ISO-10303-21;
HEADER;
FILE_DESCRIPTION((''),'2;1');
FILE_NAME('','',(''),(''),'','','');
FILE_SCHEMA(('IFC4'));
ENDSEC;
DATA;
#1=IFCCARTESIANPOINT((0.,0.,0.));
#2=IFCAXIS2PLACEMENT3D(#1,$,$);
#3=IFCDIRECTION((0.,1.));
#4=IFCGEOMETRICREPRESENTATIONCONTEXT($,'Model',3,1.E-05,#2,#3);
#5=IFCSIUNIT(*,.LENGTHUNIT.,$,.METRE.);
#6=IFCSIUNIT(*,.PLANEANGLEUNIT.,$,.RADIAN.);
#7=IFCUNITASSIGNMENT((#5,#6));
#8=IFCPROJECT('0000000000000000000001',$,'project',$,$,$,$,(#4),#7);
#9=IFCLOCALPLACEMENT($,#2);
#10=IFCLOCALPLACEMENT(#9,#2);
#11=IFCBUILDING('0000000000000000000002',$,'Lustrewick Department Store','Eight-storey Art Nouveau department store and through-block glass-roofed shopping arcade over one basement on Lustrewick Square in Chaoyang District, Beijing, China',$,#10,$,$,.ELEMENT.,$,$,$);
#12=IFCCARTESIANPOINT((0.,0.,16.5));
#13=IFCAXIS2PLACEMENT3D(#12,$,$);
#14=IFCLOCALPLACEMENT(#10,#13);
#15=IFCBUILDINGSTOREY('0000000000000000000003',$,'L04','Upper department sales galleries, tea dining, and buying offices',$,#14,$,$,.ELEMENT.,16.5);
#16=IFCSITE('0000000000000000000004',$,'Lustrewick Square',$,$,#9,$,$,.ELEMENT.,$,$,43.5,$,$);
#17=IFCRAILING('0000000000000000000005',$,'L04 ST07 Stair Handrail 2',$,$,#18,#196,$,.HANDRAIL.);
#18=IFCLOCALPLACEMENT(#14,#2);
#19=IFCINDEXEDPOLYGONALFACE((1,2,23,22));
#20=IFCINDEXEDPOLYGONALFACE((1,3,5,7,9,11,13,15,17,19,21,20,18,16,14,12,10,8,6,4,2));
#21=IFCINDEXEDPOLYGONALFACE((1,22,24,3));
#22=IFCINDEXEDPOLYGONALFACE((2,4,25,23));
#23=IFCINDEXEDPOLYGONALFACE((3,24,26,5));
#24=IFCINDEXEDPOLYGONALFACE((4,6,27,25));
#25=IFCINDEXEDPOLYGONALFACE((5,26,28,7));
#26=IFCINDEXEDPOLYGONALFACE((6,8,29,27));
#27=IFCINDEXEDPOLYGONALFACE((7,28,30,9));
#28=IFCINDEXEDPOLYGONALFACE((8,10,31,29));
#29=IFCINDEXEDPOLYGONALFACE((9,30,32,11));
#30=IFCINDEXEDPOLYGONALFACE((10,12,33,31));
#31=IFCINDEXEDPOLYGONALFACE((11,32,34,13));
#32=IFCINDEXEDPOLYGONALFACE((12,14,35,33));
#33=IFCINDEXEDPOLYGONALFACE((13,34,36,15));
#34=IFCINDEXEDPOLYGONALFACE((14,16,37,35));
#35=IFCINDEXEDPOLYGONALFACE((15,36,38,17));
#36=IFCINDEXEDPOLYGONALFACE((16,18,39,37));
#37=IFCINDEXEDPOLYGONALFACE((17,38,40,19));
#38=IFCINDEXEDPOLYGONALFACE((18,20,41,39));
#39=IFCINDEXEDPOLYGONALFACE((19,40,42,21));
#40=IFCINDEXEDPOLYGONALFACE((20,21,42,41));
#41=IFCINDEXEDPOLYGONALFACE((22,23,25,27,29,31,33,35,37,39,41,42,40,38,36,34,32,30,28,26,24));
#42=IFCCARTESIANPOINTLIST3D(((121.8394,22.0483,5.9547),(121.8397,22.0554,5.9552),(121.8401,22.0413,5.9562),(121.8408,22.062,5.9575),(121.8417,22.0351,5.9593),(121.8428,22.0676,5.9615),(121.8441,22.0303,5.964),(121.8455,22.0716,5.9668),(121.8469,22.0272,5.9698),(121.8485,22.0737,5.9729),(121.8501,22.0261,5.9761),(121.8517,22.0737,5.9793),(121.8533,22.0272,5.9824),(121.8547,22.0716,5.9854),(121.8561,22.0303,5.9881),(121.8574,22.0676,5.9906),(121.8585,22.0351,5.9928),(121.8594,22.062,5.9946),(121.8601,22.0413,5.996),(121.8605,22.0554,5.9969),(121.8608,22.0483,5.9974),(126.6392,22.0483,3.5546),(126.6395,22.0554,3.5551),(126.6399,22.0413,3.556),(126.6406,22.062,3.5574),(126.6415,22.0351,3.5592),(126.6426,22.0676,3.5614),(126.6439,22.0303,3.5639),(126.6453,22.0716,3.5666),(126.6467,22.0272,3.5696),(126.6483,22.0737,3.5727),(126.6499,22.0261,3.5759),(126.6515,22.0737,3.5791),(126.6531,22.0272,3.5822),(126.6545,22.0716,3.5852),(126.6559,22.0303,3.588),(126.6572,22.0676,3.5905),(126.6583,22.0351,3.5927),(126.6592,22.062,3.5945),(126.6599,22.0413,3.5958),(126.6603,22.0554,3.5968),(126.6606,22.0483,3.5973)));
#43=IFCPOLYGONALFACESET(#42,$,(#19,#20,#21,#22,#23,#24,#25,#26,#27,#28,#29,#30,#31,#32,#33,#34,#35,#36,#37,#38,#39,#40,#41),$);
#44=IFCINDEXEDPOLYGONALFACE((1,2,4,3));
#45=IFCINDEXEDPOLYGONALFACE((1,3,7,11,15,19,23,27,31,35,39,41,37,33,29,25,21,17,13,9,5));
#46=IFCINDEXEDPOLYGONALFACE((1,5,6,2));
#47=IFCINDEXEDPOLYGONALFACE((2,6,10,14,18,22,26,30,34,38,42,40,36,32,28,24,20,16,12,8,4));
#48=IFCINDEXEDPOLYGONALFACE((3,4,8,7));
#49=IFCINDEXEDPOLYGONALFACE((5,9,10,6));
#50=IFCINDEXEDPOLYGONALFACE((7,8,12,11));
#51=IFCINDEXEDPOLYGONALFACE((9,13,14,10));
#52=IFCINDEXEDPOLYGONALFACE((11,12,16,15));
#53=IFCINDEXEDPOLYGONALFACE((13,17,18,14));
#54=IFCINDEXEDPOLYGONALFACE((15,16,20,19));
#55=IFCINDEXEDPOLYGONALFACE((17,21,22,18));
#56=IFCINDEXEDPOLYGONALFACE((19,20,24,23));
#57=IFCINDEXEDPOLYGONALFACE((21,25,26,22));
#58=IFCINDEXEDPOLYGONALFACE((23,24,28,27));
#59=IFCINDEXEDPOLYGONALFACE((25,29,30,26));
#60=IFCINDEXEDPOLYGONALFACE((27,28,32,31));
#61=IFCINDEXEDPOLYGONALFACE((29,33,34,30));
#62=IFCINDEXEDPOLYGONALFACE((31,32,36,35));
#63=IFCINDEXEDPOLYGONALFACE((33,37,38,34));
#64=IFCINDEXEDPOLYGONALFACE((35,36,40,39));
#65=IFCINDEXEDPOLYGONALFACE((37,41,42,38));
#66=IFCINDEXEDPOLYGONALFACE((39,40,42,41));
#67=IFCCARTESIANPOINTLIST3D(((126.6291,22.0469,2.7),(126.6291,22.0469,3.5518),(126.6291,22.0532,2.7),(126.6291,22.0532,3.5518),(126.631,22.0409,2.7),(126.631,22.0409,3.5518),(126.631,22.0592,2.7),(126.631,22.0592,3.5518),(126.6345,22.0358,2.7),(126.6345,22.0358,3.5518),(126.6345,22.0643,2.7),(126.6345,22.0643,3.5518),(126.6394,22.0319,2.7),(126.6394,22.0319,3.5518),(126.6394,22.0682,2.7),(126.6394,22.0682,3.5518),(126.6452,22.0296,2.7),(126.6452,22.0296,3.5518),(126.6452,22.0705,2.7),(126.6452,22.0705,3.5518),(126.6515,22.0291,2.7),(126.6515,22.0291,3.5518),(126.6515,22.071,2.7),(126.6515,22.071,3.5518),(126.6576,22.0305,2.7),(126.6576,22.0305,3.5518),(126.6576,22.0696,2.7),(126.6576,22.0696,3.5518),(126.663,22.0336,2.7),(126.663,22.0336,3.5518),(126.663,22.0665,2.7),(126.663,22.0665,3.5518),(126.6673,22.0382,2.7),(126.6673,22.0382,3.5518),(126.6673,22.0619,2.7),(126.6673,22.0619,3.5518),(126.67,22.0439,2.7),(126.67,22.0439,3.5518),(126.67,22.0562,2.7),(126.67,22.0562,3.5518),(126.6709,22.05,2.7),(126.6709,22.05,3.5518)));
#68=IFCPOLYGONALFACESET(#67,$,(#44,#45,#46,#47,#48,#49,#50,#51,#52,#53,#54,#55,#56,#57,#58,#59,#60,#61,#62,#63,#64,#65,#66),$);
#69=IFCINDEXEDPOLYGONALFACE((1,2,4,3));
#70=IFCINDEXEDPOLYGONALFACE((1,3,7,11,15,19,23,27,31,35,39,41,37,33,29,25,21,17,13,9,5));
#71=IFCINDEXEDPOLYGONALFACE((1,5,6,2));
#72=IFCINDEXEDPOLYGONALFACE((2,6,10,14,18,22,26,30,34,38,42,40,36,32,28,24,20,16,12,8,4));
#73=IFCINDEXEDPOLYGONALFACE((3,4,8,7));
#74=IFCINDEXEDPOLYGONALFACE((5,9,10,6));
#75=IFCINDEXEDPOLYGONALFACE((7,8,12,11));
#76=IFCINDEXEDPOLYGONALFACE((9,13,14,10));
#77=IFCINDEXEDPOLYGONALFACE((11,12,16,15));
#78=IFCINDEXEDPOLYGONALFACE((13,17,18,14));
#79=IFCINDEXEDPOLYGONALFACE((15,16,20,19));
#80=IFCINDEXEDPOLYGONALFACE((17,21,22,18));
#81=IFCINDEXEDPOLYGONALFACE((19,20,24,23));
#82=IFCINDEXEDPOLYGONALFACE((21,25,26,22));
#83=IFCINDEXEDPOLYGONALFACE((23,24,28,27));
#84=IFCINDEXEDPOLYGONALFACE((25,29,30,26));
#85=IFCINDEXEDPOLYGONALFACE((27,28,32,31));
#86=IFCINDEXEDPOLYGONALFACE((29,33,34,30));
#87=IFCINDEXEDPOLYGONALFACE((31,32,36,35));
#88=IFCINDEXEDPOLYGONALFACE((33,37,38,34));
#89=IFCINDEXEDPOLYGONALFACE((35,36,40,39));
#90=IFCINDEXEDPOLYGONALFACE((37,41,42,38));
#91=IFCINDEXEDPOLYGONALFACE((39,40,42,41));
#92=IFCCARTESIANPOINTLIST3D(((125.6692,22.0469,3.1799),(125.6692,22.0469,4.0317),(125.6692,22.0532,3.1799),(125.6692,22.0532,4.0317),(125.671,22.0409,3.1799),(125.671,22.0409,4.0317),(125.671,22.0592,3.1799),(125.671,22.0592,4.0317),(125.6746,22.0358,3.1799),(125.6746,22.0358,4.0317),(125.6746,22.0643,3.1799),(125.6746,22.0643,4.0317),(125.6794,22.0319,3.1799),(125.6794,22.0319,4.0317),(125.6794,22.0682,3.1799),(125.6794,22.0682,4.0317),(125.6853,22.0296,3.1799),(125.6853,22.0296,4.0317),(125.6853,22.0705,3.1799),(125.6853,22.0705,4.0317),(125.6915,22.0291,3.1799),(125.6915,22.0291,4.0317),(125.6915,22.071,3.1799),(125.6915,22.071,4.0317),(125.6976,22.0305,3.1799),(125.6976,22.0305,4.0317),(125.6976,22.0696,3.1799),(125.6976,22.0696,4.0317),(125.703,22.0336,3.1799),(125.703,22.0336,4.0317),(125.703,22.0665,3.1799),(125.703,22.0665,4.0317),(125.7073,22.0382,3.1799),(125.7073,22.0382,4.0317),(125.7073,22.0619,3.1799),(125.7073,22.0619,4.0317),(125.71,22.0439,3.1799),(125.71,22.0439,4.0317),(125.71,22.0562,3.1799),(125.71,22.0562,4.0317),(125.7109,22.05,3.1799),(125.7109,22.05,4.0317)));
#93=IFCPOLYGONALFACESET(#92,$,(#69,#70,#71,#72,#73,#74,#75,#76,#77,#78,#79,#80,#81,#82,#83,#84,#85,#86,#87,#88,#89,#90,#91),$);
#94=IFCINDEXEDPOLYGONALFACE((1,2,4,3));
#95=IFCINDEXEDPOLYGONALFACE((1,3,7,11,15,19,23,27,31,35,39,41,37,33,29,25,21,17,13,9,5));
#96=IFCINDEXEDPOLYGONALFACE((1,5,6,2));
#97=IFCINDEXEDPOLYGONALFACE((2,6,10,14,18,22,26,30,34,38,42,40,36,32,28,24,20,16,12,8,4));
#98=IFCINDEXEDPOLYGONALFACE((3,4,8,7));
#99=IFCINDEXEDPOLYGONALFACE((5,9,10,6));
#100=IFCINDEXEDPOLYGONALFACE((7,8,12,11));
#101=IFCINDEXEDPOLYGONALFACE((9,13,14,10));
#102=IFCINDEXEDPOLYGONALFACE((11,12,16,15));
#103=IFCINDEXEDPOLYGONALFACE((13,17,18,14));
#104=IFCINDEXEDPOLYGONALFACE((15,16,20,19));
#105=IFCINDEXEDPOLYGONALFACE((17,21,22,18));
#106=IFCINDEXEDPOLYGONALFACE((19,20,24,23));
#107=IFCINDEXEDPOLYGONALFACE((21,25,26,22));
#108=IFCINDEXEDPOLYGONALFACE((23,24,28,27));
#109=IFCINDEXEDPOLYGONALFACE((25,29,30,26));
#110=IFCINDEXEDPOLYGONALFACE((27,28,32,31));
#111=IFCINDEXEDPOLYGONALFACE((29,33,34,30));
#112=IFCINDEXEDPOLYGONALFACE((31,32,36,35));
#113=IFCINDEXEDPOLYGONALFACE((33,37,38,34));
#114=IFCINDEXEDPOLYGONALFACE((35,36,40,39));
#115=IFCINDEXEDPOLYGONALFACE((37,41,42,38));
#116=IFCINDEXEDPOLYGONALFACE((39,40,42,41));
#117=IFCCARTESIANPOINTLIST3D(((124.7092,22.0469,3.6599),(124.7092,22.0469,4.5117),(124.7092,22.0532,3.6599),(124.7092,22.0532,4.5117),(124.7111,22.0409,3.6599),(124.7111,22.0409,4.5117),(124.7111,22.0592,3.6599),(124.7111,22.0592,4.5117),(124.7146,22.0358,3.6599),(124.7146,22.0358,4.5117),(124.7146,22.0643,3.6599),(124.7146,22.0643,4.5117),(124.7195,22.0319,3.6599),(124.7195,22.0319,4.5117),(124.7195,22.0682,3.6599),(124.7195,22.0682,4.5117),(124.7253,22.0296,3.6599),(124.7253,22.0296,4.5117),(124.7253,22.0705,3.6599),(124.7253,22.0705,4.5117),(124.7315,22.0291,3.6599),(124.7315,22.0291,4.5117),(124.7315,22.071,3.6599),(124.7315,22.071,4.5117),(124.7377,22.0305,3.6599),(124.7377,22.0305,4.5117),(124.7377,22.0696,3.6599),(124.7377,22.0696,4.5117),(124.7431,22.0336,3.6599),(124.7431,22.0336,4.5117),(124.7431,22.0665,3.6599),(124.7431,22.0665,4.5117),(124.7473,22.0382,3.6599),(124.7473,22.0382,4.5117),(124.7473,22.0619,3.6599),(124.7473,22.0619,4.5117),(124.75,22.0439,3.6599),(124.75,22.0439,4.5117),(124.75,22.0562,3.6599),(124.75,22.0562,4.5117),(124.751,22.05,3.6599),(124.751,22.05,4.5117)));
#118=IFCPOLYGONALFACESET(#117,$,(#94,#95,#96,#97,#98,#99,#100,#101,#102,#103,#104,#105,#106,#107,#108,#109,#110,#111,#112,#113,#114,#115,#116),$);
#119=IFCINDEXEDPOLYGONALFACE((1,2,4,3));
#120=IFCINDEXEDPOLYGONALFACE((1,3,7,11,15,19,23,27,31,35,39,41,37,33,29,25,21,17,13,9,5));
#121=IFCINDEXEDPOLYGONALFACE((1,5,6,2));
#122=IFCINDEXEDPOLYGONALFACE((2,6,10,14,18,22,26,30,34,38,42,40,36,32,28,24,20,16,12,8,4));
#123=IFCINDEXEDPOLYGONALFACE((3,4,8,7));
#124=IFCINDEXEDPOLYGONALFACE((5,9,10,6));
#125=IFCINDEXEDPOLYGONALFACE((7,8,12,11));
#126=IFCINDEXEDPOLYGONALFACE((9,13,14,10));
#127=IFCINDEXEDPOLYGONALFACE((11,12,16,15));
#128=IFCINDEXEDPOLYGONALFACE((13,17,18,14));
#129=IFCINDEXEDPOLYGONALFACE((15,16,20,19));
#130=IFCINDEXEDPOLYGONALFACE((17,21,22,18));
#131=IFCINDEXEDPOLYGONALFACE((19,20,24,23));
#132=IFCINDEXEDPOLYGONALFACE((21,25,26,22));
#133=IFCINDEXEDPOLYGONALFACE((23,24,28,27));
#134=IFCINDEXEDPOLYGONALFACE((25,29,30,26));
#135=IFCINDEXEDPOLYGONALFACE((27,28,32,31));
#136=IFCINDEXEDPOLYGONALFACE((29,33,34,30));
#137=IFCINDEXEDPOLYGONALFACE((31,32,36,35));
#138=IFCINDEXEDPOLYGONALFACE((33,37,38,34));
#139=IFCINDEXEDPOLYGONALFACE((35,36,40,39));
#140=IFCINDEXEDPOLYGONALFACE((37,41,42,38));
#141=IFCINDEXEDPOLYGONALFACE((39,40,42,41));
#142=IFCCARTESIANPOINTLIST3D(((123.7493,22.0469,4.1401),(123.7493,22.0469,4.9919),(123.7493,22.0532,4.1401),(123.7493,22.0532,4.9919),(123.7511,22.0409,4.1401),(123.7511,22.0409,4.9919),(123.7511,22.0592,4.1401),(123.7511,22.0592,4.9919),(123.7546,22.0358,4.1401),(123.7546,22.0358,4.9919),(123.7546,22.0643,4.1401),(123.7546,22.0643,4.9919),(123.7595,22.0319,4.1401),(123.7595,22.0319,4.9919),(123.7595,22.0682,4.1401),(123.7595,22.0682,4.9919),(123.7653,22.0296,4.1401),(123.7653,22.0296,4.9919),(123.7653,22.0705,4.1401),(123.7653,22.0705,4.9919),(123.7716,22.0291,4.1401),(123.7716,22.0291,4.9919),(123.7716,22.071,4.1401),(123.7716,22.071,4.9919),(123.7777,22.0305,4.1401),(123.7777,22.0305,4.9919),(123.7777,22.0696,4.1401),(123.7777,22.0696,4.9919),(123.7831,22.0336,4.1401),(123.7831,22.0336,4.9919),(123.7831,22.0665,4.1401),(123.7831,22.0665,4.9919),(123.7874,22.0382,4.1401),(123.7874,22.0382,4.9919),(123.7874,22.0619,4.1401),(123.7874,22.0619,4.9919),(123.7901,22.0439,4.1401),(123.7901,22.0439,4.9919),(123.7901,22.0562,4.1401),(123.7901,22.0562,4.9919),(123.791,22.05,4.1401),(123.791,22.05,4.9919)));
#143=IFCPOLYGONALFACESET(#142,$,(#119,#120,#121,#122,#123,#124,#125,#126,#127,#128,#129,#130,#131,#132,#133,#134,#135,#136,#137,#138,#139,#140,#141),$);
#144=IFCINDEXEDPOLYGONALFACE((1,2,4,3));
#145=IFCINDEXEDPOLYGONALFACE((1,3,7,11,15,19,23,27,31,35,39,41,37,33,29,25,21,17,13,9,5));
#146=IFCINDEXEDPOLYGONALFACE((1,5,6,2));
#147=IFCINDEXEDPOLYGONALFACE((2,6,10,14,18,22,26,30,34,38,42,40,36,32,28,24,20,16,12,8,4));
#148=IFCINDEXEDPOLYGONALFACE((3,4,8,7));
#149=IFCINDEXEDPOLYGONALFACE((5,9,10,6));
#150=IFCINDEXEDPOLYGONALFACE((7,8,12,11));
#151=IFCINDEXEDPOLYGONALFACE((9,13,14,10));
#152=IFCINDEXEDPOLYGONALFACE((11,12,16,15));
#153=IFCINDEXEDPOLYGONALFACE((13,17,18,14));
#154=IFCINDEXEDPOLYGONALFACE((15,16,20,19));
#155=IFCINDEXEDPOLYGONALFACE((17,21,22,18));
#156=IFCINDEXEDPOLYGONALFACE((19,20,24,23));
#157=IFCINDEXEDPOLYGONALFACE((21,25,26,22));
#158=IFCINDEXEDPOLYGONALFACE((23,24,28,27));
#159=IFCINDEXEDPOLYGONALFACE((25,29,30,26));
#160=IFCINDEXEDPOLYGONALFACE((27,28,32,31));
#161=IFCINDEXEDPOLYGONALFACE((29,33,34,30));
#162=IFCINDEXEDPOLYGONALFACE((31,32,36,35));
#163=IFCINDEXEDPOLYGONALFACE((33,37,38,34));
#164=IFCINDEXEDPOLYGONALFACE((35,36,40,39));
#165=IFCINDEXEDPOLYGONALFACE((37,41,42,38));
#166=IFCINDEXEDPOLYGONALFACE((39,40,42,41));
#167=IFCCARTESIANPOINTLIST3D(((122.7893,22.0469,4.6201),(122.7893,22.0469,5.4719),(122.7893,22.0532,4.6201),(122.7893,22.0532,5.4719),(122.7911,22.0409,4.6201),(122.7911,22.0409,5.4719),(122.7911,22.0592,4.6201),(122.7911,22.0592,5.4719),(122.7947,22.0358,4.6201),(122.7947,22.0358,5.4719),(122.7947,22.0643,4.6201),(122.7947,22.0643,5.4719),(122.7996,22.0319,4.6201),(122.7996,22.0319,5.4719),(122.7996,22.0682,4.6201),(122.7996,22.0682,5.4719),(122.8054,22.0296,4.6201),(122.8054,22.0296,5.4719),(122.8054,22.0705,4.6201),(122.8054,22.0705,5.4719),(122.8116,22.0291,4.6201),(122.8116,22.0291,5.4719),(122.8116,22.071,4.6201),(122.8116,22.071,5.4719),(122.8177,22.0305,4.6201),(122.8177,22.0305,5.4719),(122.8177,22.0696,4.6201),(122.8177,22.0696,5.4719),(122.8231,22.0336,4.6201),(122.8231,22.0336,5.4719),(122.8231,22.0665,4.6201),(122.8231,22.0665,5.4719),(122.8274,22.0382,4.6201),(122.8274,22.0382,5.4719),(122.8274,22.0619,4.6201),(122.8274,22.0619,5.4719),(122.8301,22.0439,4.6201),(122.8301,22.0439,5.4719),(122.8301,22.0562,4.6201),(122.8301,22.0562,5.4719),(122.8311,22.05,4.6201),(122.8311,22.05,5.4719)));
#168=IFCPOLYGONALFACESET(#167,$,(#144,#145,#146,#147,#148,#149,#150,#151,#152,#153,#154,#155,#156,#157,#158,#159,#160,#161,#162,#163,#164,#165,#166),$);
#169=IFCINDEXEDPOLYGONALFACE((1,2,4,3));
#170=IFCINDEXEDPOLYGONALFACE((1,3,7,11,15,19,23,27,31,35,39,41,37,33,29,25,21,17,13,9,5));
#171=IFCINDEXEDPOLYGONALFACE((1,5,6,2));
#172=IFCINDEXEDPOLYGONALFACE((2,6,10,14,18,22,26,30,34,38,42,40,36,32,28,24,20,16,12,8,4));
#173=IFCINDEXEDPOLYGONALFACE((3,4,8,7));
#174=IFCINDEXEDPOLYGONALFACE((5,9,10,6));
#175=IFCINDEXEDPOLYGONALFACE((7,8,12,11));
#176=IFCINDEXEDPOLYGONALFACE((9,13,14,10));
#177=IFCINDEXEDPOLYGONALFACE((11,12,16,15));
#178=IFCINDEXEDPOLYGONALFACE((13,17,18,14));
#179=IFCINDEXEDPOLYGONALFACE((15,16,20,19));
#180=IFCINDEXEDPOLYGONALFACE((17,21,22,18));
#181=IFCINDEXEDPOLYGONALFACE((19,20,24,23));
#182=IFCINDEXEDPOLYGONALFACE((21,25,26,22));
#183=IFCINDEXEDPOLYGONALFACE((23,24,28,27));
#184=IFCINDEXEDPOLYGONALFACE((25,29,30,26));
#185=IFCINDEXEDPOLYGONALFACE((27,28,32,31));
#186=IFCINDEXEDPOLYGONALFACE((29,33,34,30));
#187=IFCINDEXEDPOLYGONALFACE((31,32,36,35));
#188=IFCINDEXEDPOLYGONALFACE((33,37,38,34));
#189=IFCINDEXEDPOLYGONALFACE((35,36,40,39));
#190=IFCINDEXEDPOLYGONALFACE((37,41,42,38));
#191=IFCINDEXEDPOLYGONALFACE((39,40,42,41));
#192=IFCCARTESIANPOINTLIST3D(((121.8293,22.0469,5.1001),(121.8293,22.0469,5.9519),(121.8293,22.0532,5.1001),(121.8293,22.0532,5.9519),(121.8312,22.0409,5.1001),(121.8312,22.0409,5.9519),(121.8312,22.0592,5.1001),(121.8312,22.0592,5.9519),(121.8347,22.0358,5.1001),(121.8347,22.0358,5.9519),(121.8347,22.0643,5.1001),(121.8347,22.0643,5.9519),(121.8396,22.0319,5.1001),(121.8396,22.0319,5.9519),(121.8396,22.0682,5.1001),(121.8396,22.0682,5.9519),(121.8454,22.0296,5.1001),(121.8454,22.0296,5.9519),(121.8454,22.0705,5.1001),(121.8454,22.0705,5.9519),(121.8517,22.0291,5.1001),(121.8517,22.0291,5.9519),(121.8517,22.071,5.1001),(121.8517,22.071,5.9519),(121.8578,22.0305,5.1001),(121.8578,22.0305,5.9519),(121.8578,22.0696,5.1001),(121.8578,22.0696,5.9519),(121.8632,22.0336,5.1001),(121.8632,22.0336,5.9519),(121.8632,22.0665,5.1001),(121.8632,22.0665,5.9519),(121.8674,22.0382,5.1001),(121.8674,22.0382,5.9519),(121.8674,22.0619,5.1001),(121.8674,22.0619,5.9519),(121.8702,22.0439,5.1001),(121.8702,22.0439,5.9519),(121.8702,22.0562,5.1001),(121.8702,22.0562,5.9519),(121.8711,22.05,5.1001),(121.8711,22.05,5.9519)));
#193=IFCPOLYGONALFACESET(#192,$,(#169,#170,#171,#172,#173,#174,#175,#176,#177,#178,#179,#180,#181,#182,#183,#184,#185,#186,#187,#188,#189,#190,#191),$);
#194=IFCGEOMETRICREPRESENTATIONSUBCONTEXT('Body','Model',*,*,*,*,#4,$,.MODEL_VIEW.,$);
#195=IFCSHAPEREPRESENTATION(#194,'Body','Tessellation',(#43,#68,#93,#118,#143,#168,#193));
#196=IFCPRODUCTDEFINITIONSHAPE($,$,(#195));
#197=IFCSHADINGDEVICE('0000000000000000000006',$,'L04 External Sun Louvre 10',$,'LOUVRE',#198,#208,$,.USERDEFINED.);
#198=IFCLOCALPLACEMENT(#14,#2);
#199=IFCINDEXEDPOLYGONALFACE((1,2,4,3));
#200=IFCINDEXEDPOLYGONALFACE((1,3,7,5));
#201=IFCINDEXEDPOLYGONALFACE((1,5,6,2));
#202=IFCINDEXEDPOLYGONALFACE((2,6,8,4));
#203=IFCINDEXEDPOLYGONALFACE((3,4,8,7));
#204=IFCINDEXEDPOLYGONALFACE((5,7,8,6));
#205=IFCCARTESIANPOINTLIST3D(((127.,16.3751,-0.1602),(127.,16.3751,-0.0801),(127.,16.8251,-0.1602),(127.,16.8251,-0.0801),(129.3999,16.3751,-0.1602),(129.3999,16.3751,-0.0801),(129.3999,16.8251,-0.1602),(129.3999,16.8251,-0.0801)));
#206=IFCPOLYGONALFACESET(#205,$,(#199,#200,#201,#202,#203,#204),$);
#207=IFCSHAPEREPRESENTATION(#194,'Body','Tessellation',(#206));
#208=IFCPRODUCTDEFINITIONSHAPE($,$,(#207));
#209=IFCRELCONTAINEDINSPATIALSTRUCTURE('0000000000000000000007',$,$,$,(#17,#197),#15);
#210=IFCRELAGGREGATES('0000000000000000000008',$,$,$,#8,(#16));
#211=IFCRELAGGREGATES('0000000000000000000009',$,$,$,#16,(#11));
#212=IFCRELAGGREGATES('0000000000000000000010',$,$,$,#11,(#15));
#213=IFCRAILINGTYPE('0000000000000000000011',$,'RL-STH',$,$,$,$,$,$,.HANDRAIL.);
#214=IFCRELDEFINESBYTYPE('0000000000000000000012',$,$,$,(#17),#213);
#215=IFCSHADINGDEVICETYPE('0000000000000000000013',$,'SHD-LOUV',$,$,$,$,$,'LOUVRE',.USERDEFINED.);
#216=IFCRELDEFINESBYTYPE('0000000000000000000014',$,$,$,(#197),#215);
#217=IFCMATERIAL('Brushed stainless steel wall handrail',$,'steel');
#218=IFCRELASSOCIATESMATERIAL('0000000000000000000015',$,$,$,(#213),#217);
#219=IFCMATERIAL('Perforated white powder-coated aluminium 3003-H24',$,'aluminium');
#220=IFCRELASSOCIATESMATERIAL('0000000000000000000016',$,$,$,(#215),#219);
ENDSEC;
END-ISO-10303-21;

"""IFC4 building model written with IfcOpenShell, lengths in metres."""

from ifc_helpers import new_model, si_unit, direction, frame, origin, origin_2d, place, context, subcontext, project, spatial, rectangle, circle, extrude, material, type_object, element, save


model = new_model("IFC4")

# Units and contexts
model_context = context("Model", 3, precision=1e-05, world=origin(), true_north=direction((0.0, 1.0)))
body_context = subcontext(model_context, "Body", "Model", "MODEL_VIEW")
ifc_project = project(units=[si_unit("LENGTHUNIT", "METRE"), si_unit("PLANEANGLEUNIT", "RADIAN")], contexts=[model_context])

# Site, building, storey
site_placement = place(None, origin())
site = spatial("IfcSite", under=ifc_project, at=site_placement, Name="Lustrewick Square", CompositionType="ELEMENT", RefElevation=43.5)
building_placement = place(site_placement, origin())
building = spatial("IfcBuilding", under=site, at=building_placement, Name="Lustrewick Department Store", Description="Eight-storey Art Nouveau department store and through-block glass-roofed shopping arcade over one basement on Lustrewick Square in Chaoyang District, Beijing, China", CompositionType="ELEMENT")
storey_placement = place(building_placement, frame((0.0, 0.0, 16.5)))
storey = spatial("IfcBuildingStorey", under=building, at=storey_placement, Name="L04", Description="Upper department sales galleries, tea dining, and buying offices", CompositionType="ELEMENT", Elevation=16.5)

# Railing
ifc_material_1 = material(Name="Brushed stainless steel wall handrail", Category="steel")
railing_type_1 = type_object("IfcRailingType", Name="RL-STH", PredefinedType="HANDRAIL", material=ifc_material_1)
railing_1_placement = place(storey_placement, frame((126.6499, 22.05, 2.7)))
element("IfcRailing", 1, at=railing_1_placement, inside=storey, type_object=railing_type_1, Name="L04 ST07 Stair Handrail 2", PredefinedType="HANDRAIL", context=body_context, shape_type="SweptSolid", body=[
    extrude(circle(Radius=0.0239, at=origin_2d()), frame((0.0, 0.0, 0.876), z_axis=(-0.894409, 0.0, 0.44725), x_axis=(0.0, -1.0, 0.0)), (0.0, 0.0, 1.0), 5.3665),
    extrude(circle(Radius=0.021, at=origin_2d()), origin(), (0.0, 0.0, 1.0), 0.8518),
    extrude(circle(Radius=0.021, at=origin_2d()), frame((-0.96, 0.0, 0.48)), (0.0, 0.0, 1.0), 0.8518),
    extrude(circle(Radius=0.021, at=origin_2d()), frame((-1.9199, 0.0, 0.96)), (0.0, 0.0, 1.0), 0.8518),
    extrude(circle(Radius=0.021, at=origin_2d()), frame((-2.8799, 0.0, 1.4402)), (0.0, 0.0, 1.0), 0.8518),
    extrude(circle(Radius=0.021, at=origin_2d()), frame((-3.8398, 0.0, 1.9202)), (0.0, 0.0, 1.0), 0.8518),
    extrude(circle(Radius=0.021, at=origin_2d()), frame((-4.7998, 0.0, 2.4001)), (0.0, 0.0, 1.0), 0.8518),
])

# Shading device
ifc_material_2 = material(Name="Perforated white powder-coated aluminium 3003-H24", Category="aluminium")
shading_device_type = type_object("IfcShadingDeviceType", Name="SHD-LOUV", ElementType="LOUVRE", PredefinedType="USERDEFINED", material=ifc_material_2)
shading_device_placement = place(storey_placement, frame((128.2, 16.6001, -0.1602), z_axis=(0.0, 0.0, 1.0), x_axis=(1.0, 0.0, 0.0)))
element("IfcShadingDevice", 2, at=shading_device_placement, inside=storey, type_object=shading_device_type, Name="L04 External Sun Louvre 10", ObjectType="LOUVRE", PredefinedType="USERDEFINED", context=body_context, shape_type="SweptSolid", body=[
    extrude(rectangle(XDim=2.3999, YDim=0.45, at=origin_2d()), origin(), (0.0, 0.0, 1.0), 0.0801),
])

save(model, "model.ifc")
